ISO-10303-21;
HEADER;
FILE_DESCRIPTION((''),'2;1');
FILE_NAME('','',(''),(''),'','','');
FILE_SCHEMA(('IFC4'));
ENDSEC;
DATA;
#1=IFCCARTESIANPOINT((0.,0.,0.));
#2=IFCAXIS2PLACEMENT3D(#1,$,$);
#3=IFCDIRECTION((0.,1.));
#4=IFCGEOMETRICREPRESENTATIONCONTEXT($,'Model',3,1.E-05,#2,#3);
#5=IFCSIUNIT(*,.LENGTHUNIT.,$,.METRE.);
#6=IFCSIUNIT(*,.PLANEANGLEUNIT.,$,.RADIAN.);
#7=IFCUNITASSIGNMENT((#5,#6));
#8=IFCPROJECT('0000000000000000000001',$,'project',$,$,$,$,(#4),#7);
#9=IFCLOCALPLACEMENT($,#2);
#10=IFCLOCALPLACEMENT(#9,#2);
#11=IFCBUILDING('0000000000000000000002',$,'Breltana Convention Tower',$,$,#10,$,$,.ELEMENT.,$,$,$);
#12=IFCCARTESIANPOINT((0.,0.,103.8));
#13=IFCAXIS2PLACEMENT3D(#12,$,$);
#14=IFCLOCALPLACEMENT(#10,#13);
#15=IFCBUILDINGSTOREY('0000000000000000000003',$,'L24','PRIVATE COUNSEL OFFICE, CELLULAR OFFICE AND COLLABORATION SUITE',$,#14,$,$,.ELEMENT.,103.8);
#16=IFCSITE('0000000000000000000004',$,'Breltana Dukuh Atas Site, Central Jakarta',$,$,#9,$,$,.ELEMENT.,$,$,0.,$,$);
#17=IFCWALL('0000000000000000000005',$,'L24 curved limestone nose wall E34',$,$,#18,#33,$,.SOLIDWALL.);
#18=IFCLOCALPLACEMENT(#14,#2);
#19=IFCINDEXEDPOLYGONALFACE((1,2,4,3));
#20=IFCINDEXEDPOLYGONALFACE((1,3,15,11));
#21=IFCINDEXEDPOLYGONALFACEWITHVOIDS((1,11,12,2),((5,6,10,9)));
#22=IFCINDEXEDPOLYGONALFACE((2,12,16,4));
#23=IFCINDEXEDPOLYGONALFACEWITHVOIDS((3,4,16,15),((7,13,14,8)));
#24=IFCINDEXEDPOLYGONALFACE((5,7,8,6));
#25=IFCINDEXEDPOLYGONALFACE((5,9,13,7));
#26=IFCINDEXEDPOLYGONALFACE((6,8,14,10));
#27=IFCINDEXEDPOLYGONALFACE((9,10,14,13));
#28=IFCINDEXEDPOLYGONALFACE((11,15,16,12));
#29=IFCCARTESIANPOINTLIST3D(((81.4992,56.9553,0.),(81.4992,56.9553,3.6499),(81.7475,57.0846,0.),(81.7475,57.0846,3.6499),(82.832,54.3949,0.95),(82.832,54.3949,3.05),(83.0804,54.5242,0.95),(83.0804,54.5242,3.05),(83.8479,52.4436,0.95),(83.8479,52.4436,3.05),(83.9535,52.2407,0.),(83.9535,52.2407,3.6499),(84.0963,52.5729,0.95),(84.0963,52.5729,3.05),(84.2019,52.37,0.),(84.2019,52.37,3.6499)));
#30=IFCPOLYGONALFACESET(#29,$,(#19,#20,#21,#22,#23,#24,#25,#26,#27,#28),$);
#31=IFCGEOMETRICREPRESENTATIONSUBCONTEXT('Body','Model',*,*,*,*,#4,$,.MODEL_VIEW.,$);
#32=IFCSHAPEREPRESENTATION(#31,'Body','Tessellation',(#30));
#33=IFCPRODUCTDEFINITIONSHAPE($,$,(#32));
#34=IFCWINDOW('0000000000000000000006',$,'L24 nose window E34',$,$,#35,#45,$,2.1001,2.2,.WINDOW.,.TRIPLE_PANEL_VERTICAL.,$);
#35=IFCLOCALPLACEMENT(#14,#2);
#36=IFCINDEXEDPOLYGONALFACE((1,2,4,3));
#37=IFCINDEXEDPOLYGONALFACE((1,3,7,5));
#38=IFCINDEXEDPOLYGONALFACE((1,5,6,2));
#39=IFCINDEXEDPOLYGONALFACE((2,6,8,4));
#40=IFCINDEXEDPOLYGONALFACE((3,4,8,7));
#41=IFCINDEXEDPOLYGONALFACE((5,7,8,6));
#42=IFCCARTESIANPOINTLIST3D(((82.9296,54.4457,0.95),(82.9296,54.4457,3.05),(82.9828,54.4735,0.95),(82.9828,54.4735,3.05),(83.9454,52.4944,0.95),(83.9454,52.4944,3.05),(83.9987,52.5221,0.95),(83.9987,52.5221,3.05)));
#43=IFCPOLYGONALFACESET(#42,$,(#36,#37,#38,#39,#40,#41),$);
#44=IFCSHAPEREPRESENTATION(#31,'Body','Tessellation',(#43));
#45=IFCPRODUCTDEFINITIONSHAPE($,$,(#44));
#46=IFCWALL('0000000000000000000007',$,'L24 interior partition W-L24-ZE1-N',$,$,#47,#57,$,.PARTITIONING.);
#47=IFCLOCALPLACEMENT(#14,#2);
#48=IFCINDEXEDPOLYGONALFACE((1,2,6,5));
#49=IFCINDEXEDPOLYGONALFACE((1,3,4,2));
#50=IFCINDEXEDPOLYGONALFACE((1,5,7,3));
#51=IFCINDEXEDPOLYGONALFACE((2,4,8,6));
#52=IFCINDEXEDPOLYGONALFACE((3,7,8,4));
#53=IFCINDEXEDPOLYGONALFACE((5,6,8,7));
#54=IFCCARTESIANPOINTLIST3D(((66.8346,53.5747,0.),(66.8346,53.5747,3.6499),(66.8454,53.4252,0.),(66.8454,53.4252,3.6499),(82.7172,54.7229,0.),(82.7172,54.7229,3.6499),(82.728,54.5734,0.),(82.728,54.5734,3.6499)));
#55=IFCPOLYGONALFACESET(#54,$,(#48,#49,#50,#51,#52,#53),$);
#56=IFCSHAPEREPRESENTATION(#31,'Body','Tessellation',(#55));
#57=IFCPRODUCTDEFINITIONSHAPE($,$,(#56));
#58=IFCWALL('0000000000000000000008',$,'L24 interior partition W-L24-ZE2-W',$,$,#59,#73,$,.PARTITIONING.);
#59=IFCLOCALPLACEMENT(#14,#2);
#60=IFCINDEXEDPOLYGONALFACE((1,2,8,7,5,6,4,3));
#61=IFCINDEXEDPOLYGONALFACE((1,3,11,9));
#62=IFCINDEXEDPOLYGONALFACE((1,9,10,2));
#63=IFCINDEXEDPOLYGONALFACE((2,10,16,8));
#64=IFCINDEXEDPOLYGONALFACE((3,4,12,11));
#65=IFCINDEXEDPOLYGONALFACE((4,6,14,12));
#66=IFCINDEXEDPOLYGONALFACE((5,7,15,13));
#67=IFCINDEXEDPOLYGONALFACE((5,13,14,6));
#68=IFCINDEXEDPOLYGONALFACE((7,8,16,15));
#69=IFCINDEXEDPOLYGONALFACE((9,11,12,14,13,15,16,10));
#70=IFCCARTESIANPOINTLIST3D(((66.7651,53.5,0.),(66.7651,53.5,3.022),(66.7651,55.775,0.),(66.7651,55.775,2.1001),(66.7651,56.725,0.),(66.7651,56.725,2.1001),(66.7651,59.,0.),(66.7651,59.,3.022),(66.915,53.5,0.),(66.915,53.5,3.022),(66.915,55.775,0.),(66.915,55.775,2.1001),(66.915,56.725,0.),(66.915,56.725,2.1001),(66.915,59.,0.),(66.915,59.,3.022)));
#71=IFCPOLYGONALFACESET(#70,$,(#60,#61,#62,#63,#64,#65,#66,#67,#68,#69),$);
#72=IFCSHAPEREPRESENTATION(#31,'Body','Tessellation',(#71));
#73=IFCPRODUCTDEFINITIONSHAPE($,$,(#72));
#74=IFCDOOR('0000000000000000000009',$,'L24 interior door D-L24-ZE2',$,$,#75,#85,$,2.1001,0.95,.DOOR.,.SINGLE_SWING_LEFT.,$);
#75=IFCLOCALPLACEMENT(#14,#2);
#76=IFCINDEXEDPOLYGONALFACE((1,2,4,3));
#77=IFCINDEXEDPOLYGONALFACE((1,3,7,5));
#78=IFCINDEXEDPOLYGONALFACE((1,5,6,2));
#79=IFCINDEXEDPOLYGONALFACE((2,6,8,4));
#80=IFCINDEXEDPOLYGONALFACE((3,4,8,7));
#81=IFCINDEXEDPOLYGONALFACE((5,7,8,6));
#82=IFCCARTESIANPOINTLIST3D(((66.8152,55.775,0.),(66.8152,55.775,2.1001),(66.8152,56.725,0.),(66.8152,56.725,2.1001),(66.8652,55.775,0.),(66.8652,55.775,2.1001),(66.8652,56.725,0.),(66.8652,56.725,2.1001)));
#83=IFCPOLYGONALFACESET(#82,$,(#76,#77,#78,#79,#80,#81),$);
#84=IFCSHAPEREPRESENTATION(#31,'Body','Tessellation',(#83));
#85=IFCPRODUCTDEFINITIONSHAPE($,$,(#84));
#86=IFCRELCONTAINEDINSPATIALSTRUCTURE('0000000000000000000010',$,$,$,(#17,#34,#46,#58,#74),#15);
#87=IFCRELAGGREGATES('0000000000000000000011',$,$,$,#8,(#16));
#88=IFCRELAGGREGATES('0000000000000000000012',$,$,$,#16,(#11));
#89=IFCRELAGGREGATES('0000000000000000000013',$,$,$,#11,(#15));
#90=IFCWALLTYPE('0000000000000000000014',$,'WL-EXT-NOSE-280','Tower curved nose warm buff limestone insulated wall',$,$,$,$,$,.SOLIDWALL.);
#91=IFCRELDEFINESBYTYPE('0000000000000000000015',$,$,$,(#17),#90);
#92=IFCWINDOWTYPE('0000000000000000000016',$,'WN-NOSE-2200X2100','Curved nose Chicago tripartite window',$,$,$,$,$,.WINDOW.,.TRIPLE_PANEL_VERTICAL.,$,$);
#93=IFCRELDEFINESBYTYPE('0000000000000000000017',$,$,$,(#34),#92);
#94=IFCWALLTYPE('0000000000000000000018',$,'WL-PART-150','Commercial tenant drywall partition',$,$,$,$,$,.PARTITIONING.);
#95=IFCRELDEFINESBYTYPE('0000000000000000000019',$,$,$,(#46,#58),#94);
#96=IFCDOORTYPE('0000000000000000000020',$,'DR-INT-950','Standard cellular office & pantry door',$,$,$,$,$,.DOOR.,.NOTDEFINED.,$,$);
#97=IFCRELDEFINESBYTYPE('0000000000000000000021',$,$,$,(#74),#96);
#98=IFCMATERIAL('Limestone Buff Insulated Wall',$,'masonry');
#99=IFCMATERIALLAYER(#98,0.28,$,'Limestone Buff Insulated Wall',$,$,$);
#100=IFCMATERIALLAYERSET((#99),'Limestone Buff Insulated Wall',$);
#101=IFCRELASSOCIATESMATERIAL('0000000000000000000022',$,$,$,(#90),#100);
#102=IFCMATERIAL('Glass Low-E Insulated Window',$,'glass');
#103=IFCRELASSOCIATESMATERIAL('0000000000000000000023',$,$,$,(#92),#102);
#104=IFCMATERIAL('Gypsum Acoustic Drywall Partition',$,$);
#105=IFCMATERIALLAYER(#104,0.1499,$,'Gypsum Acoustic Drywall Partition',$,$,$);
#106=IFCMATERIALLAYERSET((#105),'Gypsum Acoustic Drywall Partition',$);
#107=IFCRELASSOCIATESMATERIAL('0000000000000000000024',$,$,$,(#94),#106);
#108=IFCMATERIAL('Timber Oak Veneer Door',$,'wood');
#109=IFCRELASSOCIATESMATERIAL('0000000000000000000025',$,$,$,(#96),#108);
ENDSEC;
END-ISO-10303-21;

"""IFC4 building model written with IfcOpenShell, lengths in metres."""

from ifc_helpers import new_model, si_unit, direction, frame, frame_2d, origin, place, context, subcontext, project, spatial, rectangle, extrude, source, transform, mapped, material, layer, layer_set, type_object, type_shapes, element, fill, save


model = new_model("IFC4")

# Units and contexts
model_context = context("Model", 3, precision=1e-05, world=origin(), true_north=direction((0.0, 1.0)))
body_context = subcontext(model_context, "Body", "Model", "MODEL_VIEW")
ifc_project = project(units=[si_unit("LENGTHUNIT", "METRE"), si_unit("PLANEANGLEUNIT", "RADIAN")], contexts=[model_context])

# Site, building, storey
site_placement = place(None, origin())
site = spatial("IfcSite", under=ifc_project, at=site_placement, Name="Breltana Dukuh Atas Site, Central Jakarta", CompositionType="ELEMENT", RefElevation=0.0)
building_placement = place(site_placement, origin())
building = spatial("IfcBuilding", under=site, at=building_placement, Name="Breltana Convention Tower", CompositionType="ELEMENT")
storey_placement = place(building_placement, frame((0.0, 0.0, 103.8)))
storey = spatial("IfcBuildingStorey", under=building, at=storey_placement, Name="L24", Description="PRIVATE COUNSEL OFFICE, CELLULAR OFFICE AND COLLABORATION SUITE", CompositionType="ELEMENT", Elevation=103.8)

# Wall, opening, window
ifc_material_1 = material(Name="Limestone Buff Insulated Wall", Category="masonry")
ifc_layer_1 = layer(ifc_material_1, 0.28, Name="Limestone Buff Insulated Wall")
ifc_layer_set_1 = layer_set([ifc_layer_1], Name="Limestone Buff Insulated Wall")
wall_type_1 = type_object("IfcWallType", Name="WL-EXT-NOSE-280", Description="Tower curved nose warm buff limestone insulated wall", PredefinedType="SOLIDWALL", material=ifc_layer_set_1)
ifc_material_2 = material(Name="Glass Low-E Insulated Window", Category="glass")
window_type = type_object("IfcWindowType", Name="WN-NOSE-2200X2100", Description="Curved nose Chicago tripartite window", PartitioningType="TRIPLE_PANEL_VERTICAL", PredefinedType="WINDOW", material=ifc_material_2)
shared_shape_1 = source(origin(), body_context, "Body", "SweptSolid", [
    extrude(rectangle(XDim=2.2, YDim=2.1001, at=frame_2d((1.1001, 1.05))), frame((0.0, 0.03, 0.0), z_axis=(0.0, -1.0, 0.0), x_axis=(1.0, 0.0, 0.0)), (0.0, 0.0, 1.0), 0.0601),
])
type_shapes(window_type, [shared_shape_1])
shared_shape_2 = source(origin(), body_context, "Body", "SweptSolid", [
    extrude(rectangle(XDim=5.3152, YDim=0.28, at=frame_2d((2.6577, 0.0))), origin(), (0.0, 0.0, 1.0), 3.6499),
])
wall_1_placement = place(storey_placement, frame((81.6233, 57.02, 0.0), z_axis=(0.0, 0.0, 1.0), x_axis=(0.461761, -0.887005, 0.0)))
wall_1 = element("IfcWall", 1, at=wall_1_placement, inside=storey, type_object=wall_type_1, Name="L24 curved limestone nose wall E34", PredefinedType="SOLIDWALL", context=body_context, shape_type="MappedRepresentation", body=[
    mapped(shared_shape_2, transform((0.0, 0.0, 0.0), scale=1.0)),
])
opening_1_placement = place(wall_1_placement, frame((2.8865, 0.0, 0.95)))
opening_1 = element("IfcOpeningElement", 2, at=opening_1_placement, cuts=wall_1, PredefinedType="OPENING", context=body_context, shape_type="SweptSolid", body=[
    extrude(rectangle(XDim=2.2, YDim=2.1001, at=frame_2d((1.1001, 1.05))), frame((0.0, 0.1499, 0.0), z_axis=(0.0, -1.0, 0.0), x_axis=(1.0, 0.0, 0.0)), (0.0, 0.0, 1.0), 0.3),
])
window_1_placement = place(opening_1_placement, origin())
window_1 = element("IfcWindow", 3, at=window_1_placement, inside=storey, type_object=window_type, Name="L24 nose window E34", OverallHeight=2.1001, OverallWidth=2.2, PartitioningType="TRIPLE_PANEL_VERTICAL", PredefinedType="WINDOW", context=body_context, shape_type="MappedRepresentation", body=[
    mapped(shared_shape_1, transform((0.0, 0.0, 0.0), scale=1.0)),
])
fill(opening_1, window_1)

# Wall
ifc_material_3 = material(Name="Gypsum Acoustic Drywall Partition")
ifc_layer_2 = layer(ifc_material_3, 0.1499, Name="Gypsum Acoustic Drywall Partition")
ifc_layer_set_2 = layer_set([ifc_layer_2], Name="Gypsum Acoustic Drywall Partition")
wall_type_2 = type_object("IfcWallType", Name="WL-PART-150", Description="Commercial tenant drywall partition", PredefinedType="PARTITIONING", material=ifc_layer_set_2)
shared_shape_3 = source(origin(), body_context, "Body", "SweptSolid", [
    extrude(rectangle(XDim=15.9241, YDim=0.1499, at=frame_2d((7.9619, 0.0))), origin(), (0.0, 0.0, 1.0), 3.6499),
])
wall_2_placement = place(storey_placement, frame((66.8401, 53.5, 0.0), z_axis=(0.0, 0.0, 1.0), x_axis=(0.997397, 0.072105, 0.0)))
element("IfcWall", 4, at=wall_2_placement, inside=storey, type_object=wall_type_2, Name="L24 interior partition W-L24-ZE1-N", PredefinedType="PARTITIONING", context=body_context, shape_type="MappedRepresentation", body=[
    mapped(shared_shape_3, transform((0.0, 0.0, 0.0), scale=1.0)),
])

# Wall, opening, door
shared_shape_4 = source(origin(), body_context, "Body", "SweptSolid", [
    extrude(rectangle(XDim=5.5, YDim=0.1499, at=frame_2d((2.75, 0.0))), origin(), (0.0, 0.0, 1.0), 3.022),
])
wall_3_placement = place(storey_placement, frame((66.8401, 53.5, 0.0), z_axis=(0.0, 0.0, 1.0), x_axis=(0.0, 1.0, 0.0)))
wall_3 = element("IfcWall", 5, at=wall_3_placement, inside=storey, type_object=wall_type_2, Name="L24 interior partition W-L24-ZE2-W", PredefinedType="PARTITIONING", context=body_context, shape_type="MappedRepresentation", body=[
    mapped(shared_shape_4, transform((0.0, 0.0, 0.0), scale=1.0)),
])
opening_2_placement = place(wall_3_placement, frame((2.2749, 0.0, 0.0)))
opening_2 = element("IfcOpeningElement", 6, at=opening_2_placement, cuts=wall_3, PredefinedType="OPENING", context=body_context, shape_type="SweptSolid", body=[
    extrude(rectangle(XDim=0.95, YDim=2.1001, at=frame_2d((0.4751, 1.05))), frame((0.0, 0.085, 0.0), z_axis=(0.0, -1.0, 0.0), x_axis=(1.0, 0.0, 0.0)), (0.0, 0.0, 1.0), 0.1699),
])
ifc_material_4 = material(Name="Timber Oak Veneer Door", Category="wood")
door_type = type_object("IfcDoorType", Name="DR-INT-950", Description="Standard cellular office & pantry door", OperationType="NOTDEFINED", PredefinedType="DOOR", material=ifc_material_4)
shared_shape_5 = source(origin(), body_context, "Body", "SweptSolid", [
    extrude(rectangle(XDim=0.95, YDim=2.1001, at=frame_2d((0.4751, 1.05))), frame((0.0, 0.0249, 0.0), z_axis=(0.0, -1.0, 0.0), x_axis=(1.0, 0.0, 0.0)), (0.0, 0.0, 1.0), 0.05),
])
type_shapes(door_type, [shared_shape_5])
door_placement = place(opening_2_placement, origin())
door = element("IfcDoor", 7, at=door_placement, inside=storey, type_object=door_type, Name="L24 interior door D-L24-ZE2", OperationType="SINGLE_SWING_LEFT", OverallHeight=2.1001, OverallWidth=0.95, PredefinedType="DOOR", context=body_context, shape_type="MappedRepresentation", body=[
    mapped(shared_shape_5, transform((0.0, 0.0, 0.0), scale=1.0)),
])
fill(opening_2, door)

save(model, "model.ifc")
